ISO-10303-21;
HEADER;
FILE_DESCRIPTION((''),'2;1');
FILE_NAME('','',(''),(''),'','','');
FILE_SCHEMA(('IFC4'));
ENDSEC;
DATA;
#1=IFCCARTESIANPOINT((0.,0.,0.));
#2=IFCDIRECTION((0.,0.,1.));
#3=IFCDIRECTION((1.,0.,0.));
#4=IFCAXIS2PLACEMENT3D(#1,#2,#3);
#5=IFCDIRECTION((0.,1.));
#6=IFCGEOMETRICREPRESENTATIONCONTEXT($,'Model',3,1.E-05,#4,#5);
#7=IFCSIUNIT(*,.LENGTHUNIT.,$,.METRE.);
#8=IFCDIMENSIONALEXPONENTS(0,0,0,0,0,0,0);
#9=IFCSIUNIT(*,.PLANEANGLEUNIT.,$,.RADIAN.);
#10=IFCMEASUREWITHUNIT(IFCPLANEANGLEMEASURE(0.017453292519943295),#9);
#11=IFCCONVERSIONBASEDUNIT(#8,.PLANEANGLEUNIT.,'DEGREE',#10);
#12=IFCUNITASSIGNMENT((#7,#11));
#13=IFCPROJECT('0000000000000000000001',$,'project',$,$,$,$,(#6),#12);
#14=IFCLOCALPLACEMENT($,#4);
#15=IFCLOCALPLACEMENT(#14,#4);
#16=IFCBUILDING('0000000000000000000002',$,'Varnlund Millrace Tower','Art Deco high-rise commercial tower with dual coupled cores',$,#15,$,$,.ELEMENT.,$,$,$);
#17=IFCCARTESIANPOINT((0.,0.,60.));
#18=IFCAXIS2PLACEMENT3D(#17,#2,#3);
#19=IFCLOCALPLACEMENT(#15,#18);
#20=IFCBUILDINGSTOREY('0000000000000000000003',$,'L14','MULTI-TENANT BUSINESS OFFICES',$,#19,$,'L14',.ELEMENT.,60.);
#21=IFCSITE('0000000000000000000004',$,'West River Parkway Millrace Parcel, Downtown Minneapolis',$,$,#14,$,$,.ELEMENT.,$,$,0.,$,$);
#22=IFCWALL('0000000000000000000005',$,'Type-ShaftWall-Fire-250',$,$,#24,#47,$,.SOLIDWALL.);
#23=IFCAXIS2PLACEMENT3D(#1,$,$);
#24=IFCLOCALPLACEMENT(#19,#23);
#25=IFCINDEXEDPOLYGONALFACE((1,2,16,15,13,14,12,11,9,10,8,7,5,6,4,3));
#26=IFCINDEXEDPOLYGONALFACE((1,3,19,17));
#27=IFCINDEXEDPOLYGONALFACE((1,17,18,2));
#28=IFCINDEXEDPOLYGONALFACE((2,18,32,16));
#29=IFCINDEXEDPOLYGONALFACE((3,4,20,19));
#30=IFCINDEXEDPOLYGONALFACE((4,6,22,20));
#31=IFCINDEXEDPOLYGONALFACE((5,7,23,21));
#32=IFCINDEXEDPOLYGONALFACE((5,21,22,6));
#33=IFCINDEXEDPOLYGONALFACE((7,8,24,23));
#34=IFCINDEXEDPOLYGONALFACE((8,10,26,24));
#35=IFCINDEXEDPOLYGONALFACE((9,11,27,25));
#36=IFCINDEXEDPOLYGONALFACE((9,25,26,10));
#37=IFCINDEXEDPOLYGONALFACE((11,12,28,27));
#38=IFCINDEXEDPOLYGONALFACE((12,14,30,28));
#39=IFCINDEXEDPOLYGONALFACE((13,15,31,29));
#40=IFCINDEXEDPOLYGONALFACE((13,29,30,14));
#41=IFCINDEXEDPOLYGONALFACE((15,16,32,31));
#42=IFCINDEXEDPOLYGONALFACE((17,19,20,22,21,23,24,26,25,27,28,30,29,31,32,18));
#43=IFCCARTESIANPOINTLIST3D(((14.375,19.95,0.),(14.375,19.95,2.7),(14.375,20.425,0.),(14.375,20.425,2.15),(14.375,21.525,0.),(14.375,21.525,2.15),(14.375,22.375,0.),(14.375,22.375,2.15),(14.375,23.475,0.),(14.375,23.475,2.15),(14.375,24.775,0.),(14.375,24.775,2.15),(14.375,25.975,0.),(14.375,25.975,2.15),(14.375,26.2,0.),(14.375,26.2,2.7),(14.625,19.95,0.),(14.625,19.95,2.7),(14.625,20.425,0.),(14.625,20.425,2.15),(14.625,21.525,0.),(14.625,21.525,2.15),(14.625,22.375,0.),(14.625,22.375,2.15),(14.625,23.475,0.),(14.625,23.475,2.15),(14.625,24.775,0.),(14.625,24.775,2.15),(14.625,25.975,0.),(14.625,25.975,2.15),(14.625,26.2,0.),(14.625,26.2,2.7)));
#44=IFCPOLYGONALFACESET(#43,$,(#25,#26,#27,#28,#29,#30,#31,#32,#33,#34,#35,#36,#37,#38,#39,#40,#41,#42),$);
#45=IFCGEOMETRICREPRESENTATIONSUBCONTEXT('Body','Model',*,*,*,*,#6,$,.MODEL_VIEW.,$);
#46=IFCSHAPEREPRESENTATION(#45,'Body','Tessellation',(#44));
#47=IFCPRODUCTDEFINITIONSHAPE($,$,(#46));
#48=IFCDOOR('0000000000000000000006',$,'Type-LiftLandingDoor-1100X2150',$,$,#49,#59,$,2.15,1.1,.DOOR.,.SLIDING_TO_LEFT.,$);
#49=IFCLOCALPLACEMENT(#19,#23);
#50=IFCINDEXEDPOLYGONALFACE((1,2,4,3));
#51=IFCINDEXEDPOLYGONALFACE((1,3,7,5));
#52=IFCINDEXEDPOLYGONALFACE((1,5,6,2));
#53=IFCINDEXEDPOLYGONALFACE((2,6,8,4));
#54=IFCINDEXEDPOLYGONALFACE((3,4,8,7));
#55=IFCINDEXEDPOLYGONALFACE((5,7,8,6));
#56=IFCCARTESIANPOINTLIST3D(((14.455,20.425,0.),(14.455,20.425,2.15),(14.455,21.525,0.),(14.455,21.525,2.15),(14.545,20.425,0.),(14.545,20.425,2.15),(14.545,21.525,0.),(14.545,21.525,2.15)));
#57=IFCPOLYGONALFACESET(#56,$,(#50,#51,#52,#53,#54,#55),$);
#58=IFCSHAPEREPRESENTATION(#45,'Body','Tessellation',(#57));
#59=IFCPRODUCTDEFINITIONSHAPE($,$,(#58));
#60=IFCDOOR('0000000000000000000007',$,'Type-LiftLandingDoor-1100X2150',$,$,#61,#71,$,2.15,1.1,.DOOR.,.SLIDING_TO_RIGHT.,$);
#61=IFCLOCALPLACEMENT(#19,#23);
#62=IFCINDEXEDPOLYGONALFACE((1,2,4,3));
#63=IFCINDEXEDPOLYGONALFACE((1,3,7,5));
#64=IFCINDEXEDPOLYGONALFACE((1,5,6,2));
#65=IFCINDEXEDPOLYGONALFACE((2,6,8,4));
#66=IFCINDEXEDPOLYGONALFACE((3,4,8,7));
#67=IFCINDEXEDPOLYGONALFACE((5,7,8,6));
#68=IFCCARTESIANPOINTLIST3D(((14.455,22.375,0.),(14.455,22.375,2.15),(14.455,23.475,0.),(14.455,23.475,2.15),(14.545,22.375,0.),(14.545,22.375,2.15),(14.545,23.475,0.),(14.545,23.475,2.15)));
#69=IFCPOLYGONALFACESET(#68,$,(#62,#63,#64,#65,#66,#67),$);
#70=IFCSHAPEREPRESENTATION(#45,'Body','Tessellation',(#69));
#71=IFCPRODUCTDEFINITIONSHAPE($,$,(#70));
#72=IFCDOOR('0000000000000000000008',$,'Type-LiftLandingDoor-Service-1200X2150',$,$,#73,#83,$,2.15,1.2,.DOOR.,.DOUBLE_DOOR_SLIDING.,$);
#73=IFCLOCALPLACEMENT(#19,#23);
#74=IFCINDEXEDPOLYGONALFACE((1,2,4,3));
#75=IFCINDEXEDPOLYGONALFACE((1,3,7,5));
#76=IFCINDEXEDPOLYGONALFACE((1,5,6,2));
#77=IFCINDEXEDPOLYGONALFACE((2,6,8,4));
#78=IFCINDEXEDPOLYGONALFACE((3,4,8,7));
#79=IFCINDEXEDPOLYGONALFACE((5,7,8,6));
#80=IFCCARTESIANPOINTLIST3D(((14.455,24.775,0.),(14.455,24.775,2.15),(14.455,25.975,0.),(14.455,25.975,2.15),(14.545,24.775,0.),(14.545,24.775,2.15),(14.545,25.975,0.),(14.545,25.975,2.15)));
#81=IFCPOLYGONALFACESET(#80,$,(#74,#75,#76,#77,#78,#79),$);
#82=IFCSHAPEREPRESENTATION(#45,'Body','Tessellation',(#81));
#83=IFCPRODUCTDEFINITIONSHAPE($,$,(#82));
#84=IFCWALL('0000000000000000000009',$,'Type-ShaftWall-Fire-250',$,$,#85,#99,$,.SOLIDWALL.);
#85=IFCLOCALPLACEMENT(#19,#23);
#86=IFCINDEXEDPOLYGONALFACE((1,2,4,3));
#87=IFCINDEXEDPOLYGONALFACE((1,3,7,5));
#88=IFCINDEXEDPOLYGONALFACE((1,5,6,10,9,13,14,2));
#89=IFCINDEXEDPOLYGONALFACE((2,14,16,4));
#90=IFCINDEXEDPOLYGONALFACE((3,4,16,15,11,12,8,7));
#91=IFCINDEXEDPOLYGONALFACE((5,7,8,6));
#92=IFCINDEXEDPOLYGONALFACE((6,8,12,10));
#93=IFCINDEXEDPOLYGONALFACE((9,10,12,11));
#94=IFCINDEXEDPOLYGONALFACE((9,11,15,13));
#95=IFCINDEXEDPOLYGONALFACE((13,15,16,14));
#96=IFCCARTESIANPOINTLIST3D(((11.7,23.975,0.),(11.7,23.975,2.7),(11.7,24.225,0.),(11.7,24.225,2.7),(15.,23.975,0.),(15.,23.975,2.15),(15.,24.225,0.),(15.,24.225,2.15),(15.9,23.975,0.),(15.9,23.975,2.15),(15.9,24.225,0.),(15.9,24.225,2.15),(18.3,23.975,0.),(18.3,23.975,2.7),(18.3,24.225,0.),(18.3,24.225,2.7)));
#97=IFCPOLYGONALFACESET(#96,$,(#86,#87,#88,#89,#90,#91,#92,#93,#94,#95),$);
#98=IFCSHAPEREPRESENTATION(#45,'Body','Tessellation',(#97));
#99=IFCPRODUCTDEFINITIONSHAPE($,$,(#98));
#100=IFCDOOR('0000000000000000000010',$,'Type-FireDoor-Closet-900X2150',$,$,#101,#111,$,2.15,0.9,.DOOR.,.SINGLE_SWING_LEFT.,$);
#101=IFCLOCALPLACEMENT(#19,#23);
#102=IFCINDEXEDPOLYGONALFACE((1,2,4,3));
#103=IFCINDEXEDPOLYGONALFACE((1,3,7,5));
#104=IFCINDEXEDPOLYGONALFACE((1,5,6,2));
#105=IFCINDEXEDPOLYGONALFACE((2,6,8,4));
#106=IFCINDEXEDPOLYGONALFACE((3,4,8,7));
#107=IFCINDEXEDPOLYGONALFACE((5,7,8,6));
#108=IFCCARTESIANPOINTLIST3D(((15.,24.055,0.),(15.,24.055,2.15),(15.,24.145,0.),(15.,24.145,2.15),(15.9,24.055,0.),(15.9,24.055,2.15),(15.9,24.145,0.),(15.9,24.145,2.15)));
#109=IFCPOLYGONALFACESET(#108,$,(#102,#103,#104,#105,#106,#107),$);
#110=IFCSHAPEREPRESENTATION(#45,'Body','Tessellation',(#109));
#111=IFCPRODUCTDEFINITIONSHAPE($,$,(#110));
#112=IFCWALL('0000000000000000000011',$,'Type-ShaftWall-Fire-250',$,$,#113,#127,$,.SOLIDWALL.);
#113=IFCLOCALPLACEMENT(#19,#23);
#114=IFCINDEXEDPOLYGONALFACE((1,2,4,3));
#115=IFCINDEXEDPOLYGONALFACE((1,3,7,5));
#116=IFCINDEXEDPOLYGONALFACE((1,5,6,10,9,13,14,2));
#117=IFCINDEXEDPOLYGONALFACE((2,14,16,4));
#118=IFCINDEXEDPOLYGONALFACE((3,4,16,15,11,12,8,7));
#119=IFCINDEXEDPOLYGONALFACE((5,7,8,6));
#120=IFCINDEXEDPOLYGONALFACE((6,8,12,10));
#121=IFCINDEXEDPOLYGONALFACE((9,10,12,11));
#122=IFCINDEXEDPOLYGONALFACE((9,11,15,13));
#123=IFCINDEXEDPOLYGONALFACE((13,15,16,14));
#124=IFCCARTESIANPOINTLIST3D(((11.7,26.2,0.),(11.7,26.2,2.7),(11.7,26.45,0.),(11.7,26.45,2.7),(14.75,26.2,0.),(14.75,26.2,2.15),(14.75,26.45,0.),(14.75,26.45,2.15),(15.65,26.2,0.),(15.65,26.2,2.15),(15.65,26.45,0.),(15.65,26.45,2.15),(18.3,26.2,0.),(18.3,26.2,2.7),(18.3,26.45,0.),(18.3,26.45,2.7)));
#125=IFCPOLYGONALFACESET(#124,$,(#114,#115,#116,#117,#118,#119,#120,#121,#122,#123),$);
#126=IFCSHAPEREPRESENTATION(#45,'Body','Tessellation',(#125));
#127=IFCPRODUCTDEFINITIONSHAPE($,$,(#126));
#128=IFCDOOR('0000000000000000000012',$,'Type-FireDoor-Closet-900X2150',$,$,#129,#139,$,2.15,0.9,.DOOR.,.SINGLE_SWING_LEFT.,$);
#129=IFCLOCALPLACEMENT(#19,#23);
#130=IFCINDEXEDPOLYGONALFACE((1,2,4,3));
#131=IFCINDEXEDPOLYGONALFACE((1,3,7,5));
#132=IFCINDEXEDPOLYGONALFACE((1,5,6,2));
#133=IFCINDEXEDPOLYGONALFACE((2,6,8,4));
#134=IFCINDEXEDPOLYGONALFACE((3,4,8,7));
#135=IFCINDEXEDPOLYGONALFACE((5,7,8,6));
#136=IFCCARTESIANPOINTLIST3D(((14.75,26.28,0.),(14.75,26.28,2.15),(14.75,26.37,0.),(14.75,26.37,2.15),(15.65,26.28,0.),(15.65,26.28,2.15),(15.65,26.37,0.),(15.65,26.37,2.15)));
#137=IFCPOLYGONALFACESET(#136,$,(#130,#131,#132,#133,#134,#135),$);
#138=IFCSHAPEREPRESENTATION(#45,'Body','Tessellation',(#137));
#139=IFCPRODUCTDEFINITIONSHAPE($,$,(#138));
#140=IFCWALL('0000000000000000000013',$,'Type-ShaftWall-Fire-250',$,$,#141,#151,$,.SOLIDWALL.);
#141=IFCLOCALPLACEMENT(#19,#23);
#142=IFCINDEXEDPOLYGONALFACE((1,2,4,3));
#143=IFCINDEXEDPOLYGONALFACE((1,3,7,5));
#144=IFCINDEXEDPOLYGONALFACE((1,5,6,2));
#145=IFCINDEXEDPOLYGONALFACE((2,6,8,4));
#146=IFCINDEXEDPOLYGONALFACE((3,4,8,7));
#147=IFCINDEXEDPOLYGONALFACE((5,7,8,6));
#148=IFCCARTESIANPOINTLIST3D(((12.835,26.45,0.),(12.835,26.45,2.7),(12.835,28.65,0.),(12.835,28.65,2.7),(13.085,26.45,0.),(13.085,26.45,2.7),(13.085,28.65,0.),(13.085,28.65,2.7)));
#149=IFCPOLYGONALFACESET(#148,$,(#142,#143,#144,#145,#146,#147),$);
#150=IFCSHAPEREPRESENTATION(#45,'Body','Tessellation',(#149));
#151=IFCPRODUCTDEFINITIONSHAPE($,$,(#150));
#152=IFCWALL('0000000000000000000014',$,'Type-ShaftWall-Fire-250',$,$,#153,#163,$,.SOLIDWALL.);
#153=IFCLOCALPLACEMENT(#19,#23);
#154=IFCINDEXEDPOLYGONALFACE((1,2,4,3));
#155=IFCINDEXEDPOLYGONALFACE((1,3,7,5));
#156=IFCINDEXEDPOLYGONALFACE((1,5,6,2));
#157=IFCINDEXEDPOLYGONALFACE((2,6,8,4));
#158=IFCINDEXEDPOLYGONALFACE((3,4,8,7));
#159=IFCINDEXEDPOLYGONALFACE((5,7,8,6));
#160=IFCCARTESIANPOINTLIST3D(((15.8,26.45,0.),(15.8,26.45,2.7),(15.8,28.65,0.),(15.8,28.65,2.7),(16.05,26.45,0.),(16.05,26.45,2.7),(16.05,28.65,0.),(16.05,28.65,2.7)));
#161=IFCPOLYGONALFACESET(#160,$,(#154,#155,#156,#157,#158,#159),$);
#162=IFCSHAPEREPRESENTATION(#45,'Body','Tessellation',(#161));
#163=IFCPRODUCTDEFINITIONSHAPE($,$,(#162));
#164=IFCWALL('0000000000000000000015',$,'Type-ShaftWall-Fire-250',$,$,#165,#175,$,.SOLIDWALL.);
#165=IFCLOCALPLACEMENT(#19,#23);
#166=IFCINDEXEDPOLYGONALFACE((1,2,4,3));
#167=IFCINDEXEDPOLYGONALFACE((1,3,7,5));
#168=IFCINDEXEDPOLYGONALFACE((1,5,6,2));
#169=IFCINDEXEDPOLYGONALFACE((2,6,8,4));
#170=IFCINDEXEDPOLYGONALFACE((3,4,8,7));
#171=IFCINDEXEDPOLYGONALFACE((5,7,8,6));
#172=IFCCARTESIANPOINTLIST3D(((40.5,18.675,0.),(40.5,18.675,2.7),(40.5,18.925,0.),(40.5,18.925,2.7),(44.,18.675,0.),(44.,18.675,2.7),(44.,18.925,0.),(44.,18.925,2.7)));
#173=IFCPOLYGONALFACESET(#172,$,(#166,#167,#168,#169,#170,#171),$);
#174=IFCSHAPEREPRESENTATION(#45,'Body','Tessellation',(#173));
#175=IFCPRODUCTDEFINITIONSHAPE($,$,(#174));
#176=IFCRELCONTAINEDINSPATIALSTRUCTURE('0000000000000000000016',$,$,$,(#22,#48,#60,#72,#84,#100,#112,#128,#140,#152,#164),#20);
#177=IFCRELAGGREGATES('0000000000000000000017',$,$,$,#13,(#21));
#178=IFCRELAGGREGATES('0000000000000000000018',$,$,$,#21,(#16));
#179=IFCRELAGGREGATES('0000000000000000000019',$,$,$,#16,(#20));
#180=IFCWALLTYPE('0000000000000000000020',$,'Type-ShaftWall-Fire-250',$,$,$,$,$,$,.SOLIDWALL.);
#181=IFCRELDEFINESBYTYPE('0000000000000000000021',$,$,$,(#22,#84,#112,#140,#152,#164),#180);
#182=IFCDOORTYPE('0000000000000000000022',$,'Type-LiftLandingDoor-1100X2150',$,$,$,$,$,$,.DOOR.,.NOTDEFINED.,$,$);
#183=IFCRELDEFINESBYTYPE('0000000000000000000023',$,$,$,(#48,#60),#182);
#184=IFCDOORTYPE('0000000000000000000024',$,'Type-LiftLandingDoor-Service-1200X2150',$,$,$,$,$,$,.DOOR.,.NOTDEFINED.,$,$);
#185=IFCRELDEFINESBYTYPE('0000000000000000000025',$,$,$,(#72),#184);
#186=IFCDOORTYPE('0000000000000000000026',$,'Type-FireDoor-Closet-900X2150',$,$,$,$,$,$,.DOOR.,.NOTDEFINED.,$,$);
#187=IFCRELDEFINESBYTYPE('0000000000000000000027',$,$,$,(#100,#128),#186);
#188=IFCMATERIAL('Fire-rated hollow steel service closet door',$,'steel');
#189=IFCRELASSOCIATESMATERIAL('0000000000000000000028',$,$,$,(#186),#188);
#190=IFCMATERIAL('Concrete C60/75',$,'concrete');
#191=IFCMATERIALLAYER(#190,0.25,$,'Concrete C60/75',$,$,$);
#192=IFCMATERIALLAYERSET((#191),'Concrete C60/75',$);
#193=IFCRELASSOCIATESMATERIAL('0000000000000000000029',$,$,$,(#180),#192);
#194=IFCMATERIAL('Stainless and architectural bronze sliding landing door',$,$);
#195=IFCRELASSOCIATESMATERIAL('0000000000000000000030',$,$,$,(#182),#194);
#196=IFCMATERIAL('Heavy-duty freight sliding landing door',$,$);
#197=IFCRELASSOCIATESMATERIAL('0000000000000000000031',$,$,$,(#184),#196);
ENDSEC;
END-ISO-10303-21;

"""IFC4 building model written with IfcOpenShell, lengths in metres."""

from ifc_helpers import new_model, entity, si_unit, converted_unit, direction, frame, origin_with_axes, origin_2d_with_axis, place, context, subcontext, project, spatial, polyline, rectangle, outline, extrude, material, layer, layer_set, type_object, element, fill, save


model = new_model("IFC4")

# Units and contexts
model_context = context("Model", 3, precision=1e-05, world=origin_with_axes(), true_north=direction((0.0, 1.0)))
body_context = subcontext(model_context, "Body", "Model", "MODEL_VIEW")
ifc_project = project(units=[si_unit("LENGTHUNIT", "METRE"), converted_unit("PLANEANGLEUNIT", "DEGREE", entity("IfcPlaneAngleMeasure", 0.017453292519943295), si_unit("PLANEANGLEUNIT", "RADIAN"), dimensions=[0, 0, 0, 0, 0, 0, 0])], contexts=[model_context])

# Site, building, storey
site_placement = place(None, origin_with_axes())
site = spatial("IfcSite", under=ifc_project, at=site_placement, Name="West River Parkway Millrace Parcel, Downtown Minneapolis", CompositionType="ELEMENT", RefElevation=0.0)
building_placement = place(site_placement, origin_with_axes())
building = spatial("IfcBuilding", under=site, at=building_placement, Name="Varnlund Millrace Tower", Description="Art Deco high-rise commercial tower with dual coupled cores", CompositionType="ELEMENT")
storey_placement = place(building_placement, frame((0.0, 0.0, 60.0), z_axis=(0.0, 0.0, 1.0), x_axis=(1.0, 0.0, 0.0)))
storey = spatial("IfcBuildingStorey", under=building, at=storey_placement, Name="L14", Description="MULTI-TENANT BUSINESS OFFICES", LongName="L14", CompositionType="ELEMENT", Elevation=60.0)

# Wall, openings, doors
ifc_material_1 = material(Name="Fire-rated hollow steel service closet door", Category="steel")
door_type_1 = type_object("IfcDoorType", Name="Type-FireDoor-Closet-900X2150", OperationType="NOTDEFINED", PredefinedType="DOOR", material=ifc_material_1)
ifc_material_2 = material(Name="Concrete C60/75", Category="concrete")
ifc_layer_1 = layer(ifc_material_2, 0.25, Name="Concrete C60/75")
ifc_layer_set_1 = layer_set([ifc_layer_1], Name="Concrete C60/75")
wall_type_1 = type_object("IfcWallType", Name="Type-ShaftWall-Fire-250", PredefinedType="SOLIDWALL", material=ifc_layer_set_1)
wall_1_placement = place(storey_placement, frame((14.5, 19.95, 0.0), z_axis=(0.0, 0.0, 1.0), x_axis=(0.0, 1.0, 0.0)))
wall_1 = element("IfcWall", 1, at=wall_1_placement, inside=storey, type_object=wall_type_1, Name="Type-ShaftWall-Fire-250", PredefinedType="SOLIDWALL", context=body_context, shape_type="SweptSolid", body=[
    extrude(outline(polyline([(0.0, -0.125), (6.25, -0.125), (6.25, 0.125), (0.0, 0.125), (0.0, -0.125)])), origin_with_axes(), (0.0, 0.0, 1.0), 2.7),
])
opening_1_placement = place(wall_1_placement, frame((1.025, 0.0, 0.0), z_axis=(0.0, 0.0, 1.0), x_axis=(1.0, 0.0, 0.0)))
opening_1 = element("IfcOpeningElement", 2, at=opening_1_placement, cuts=wall_1, PredefinedType="OPENING", context=body_context, shape_type="SweptSolid", body=[
    extrude(rectangle(XDim=1.1, YDim=0.27, at=origin_2d_with_axis()), origin_with_axes(), (0.0, 0.0, 1.0), 2.15),
])
opening_2_placement = place(wall_1_placement, frame((2.975, 0.0, 0.0), z_axis=(0.0, 0.0, 1.0), x_axis=(1.0, 0.0, 0.0)))
opening_2 = element("IfcOpeningElement", 3, at=opening_2_placement, cuts=wall_1, PredefinedType="OPENING", context=body_context, shape_type="SweptSolid", body=[
    extrude(rectangle(XDim=1.1, YDim=0.27, at=origin_2d_with_axis()), origin_with_axes(), (0.0, 0.0, 1.0), 2.15),
])
opening_3_placement = place(wall_1_placement, frame((5.425, 0.0, 0.0), z_axis=(0.0, 0.0, 1.0), x_axis=(1.0, 0.0, 0.0)))
opening_3 = element("IfcOpeningElement", 4, at=opening_3_placement, cuts=wall_1, PredefinedType="OPENING", context=body_context, shape_type="SweptSolid", body=[
    extrude(rectangle(XDim=1.2, YDim=0.27, at=origin_2d_with_axis()), origin_with_axes(), (0.0, 0.0, 1.0), 2.15),
])
ifc_material_3 = material(Name="Stainless and architectural bronze sliding landing door")
door_type_2 = type_object("IfcDoorType", Name="Type-LiftLandingDoor-1100X2150", OperationType="NOTDEFINED", PredefinedType="DOOR", material=ifc_material_3)
door_1_placement = place(wall_1_placement, frame((1.025, 0.0, 0.0), z_axis=(0.0, 0.0, 1.0), x_axis=(1.0, 0.0, 0.0)))
door_1 = element("IfcDoor", 5, at=door_1_placement, inside=storey, type_object=door_type_2, Name="Type-LiftLandingDoor-1100X2150", OperationType="SLIDING_TO_LEFT", OverallHeight=2.15, OverallWidth=1.1, PredefinedType="DOOR", context=body_context, shape_type="SweptSolid", body=[
    extrude(rectangle(XDim=1.1, YDim=0.09, at=origin_2d_with_axis()), origin_with_axes(), (0.0, 0.0, 1.0), 2.15),
])
fill(opening_1, door_1)
door_2_placement = place(wall_1_placement, frame((2.975, 0.0, 0.0), z_axis=(0.0, 0.0, 1.0), x_axis=(1.0, 0.0, 0.0)))
door_2 = element("IfcDoor", 6, at=door_2_placement, inside=storey, type_object=door_type_2, Name="Type-LiftLandingDoor-1100X2150", OperationType="SLIDING_TO_RIGHT", OverallHeight=2.15, OverallWidth=1.1, PredefinedType="DOOR", context=body_context, shape_type="SweptSolid", body=[
    extrude(rectangle(XDim=1.1, YDim=0.09, at=origin_2d_with_axis()), origin_with_axes(), (0.0, 0.0, 1.0), 2.15),
])
fill(opening_2, door_2)
ifc_material_4 = material(Name="Heavy-duty freight sliding landing door")
door_type_3 = type_object("IfcDoorType", Name="Type-LiftLandingDoor-Service-1200X2150", OperationType="NOTDEFINED", PredefinedType="DOOR", material=ifc_material_4)
door_3_placement = place(wall_1_placement, frame((5.425, 0.0, 0.0), z_axis=(0.0, 0.0, 1.0), x_axis=(1.0, 0.0, 0.0)))
door_3 = element("IfcDoor", 7, at=door_3_placement, inside=storey, type_object=door_type_3, Name="Type-LiftLandingDoor-Service-1200X2150", OperationType="DOUBLE_DOOR_SLIDING", OverallHeight=2.15, OverallWidth=1.2, PredefinedType="DOOR", context=body_context, shape_type="SweptSolid", body=[
    extrude(rectangle(XDim=1.2, YDim=0.09, at=origin_2d_with_axis()), origin_with_axes(), (0.0, 0.0, 1.0), 2.15),
])
fill(opening_3, door_3)

# Walls, openings, doors
wall_2_placement = place(storey_placement, frame((11.7, 24.1, 0.0), z_axis=(0.0, 0.0, 1.0), x_axis=(1.0, 0.0, 0.0)))
wall_2 = element("IfcWall", 8, at=wall_2_placement, inside=storey, type_object=wall_type_1, Name="Type-ShaftWall-Fire-250", PredefinedType="SOLIDWALL", context=body_context, shape_type="SweptSolid", body=[
    extrude(outline(polyline([(0.0, -0.125), (6.6, -0.125), (6.6, 0.125), (0.0, 0.125), (0.0, -0.125)])), origin_with_axes(), (0.0, 0.0, 1.0), 2.7),
])
opening_4_placement = place(wall_2_placement, frame((3.75, 0.0, 0.0), z_axis=(0.0, 0.0, 1.0), x_axis=(1.0, 0.0, 0.0)))
opening_4 = element("IfcOpeningElement", 9, at=opening_4_placement, cuts=wall_2, PredefinedType="OPENING", context=body_context, shape_type="SweptSolid", body=[
    extrude(rectangle(XDim=0.9, YDim=0.27, at=origin_2d_with_axis()), origin_with_axes(), (0.0, 0.0, 1.0), 2.15),
])
door_4_placement = place(wall_2_placement, frame((3.75, 0.0, 0.0), z_axis=(0.0, 0.0, 1.0), x_axis=(1.0, 0.0, 0.0)))
door_4 = element("IfcDoor", 10, at=door_4_placement, inside=storey, type_object=door_type_1, Name="Type-FireDoor-Closet-900X2150", OperationType="SINGLE_SWING_LEFT", OverallHeight=2.15, OverallWidth=0.9, PredefinedType="DOOR", context=body_context, shape_type="SweptSolid", body=[
    extrude(rectangle(XDim=0.9, YDim=0.09, at=origin_2d_with_axis()), origin_with_axes(), (0.0, 0.0, 1.0), 2.15),
])
fill(opening_4, door_4)
wall_3_placement = place(storey_placement, frame((11.7, 26.325, 0.0), z_axis=(0.0, 0.0, 1.0), x_axis=(1.0, 0.0, 0.0)))
wall_3 = element("IfcWall", 11, at=wall_3_placement, inside=storey, type_object=wall_type_1, Name="Type-ShaftWall-Fire-250", PredefinedType="SOLIDWALL", context=body_context, shape_type="SweptSolid", body=[
    extrude(outline(polyline([(0.0, -0.125), (6.6, -0.125), (6.6, 0.125), (0.0, 0.125), (0.0, -0.125)])), origin_with_axes(), (0.0, 0.0, 1.0), 2.7),
])
opening_5_placement = place(wall_3_placement, frame((3.5, 0.0, 0.0), z_axis=(0.0, 0.0, 1.0), x_axis=(1.0, 0.0, 0.0)))
opening_5 = element("IfcOpeningElement", 12, at=opening_5_placement, cuts=wall_3, PredefinedType="OPENING", context=body_context, shape_type="SweptSolid", body=[
    extrude(rectangle(XDim=0.9, YDim=0.27, at=origin_2d_with_axis()), origin_with_axes(), (0.0, 0.0, 1.0), 2.15),
])
door_5_placement = place(wall_3_placement, frame((3.5, 0.0, 0.0), z_axis=(0.0, 0.0, 1.0), x_axis=(1.0, 0.0, 0.0)))
door_5 = element("IfcDoor", 13, at=door_5_placement, inside=storey, type_object=door_type_1, Name="Type-FireDoor-Closet-900X2150", OperationType="SINGLE_SWING_LEFT", OverallHeight=2.15, OverallWidth=0.9, PredefinedType="DOOR", context=body_context, shape_type="SweptSolid", body=[
    extrude(rectangle(XDim=0.9, YDim=0.09, at=origin_2d_with_axis()), origin_with_axes(), (0.0, 0.0, 1.0), 2.15),
])
fill(opening_5, door_5)

# Walls
for number, where, z_axis, x_axis, name in (
    (14, (12.96, 26.45, 0.0), (0.0, 0.0, 1.0), (0.0, 1.0, 0.0), "Type-ShaftWall-Fire-250"),
    (15, (15.925, 26.45, 0.0), (0.0, 0.0, 1.0), (0.0, 1.0, 0.0), "Type-ShaftWall-Fire-250"),
):
    element("IfcWall", number, at=place(storey_placement, frame(where, z_axis=z_axis, x_axis=x_axis)), inside=storey, type_object=wall_type_1, Name=name, PredefinedType="SOLIDWALL", context=body_context, shape_type="SweptSolid", body=[
        extrude(outline(polyline([(0.0, -0.125), (2.2, -0.125), (2.2, 0.125), (0.0, 0.125), (0.0, -0.125)])), origin_with_axes(), (0.0, 0.0, 1.0), 2.7),
    ])
wall_4_placement = place(storey_placement, frame((40.5, 18.8, 0.0), z_axis=(0.0, 0.0, 1.0), x_axis=(1.0, 0.0, 0.0)))
element("IfcWall", 16, at=wall_4_placement, inside=storey, type_object=wall_type_1, Name="Type-ShaftWall-Fire-250", PredefinedType="SOLIDWALL", context=body_context, shape_type="SweptSolid", body=[
    extrude(outline(polyline([(0.0, -0.125), (3.5, -0.125), (3.5, 0.125), (0.0, 0.125), (0.0, -0.125)])), origin_with_axes(), (0.0, 0.0, 1.0), 2.7),
])

save(model, "model.ifc")
